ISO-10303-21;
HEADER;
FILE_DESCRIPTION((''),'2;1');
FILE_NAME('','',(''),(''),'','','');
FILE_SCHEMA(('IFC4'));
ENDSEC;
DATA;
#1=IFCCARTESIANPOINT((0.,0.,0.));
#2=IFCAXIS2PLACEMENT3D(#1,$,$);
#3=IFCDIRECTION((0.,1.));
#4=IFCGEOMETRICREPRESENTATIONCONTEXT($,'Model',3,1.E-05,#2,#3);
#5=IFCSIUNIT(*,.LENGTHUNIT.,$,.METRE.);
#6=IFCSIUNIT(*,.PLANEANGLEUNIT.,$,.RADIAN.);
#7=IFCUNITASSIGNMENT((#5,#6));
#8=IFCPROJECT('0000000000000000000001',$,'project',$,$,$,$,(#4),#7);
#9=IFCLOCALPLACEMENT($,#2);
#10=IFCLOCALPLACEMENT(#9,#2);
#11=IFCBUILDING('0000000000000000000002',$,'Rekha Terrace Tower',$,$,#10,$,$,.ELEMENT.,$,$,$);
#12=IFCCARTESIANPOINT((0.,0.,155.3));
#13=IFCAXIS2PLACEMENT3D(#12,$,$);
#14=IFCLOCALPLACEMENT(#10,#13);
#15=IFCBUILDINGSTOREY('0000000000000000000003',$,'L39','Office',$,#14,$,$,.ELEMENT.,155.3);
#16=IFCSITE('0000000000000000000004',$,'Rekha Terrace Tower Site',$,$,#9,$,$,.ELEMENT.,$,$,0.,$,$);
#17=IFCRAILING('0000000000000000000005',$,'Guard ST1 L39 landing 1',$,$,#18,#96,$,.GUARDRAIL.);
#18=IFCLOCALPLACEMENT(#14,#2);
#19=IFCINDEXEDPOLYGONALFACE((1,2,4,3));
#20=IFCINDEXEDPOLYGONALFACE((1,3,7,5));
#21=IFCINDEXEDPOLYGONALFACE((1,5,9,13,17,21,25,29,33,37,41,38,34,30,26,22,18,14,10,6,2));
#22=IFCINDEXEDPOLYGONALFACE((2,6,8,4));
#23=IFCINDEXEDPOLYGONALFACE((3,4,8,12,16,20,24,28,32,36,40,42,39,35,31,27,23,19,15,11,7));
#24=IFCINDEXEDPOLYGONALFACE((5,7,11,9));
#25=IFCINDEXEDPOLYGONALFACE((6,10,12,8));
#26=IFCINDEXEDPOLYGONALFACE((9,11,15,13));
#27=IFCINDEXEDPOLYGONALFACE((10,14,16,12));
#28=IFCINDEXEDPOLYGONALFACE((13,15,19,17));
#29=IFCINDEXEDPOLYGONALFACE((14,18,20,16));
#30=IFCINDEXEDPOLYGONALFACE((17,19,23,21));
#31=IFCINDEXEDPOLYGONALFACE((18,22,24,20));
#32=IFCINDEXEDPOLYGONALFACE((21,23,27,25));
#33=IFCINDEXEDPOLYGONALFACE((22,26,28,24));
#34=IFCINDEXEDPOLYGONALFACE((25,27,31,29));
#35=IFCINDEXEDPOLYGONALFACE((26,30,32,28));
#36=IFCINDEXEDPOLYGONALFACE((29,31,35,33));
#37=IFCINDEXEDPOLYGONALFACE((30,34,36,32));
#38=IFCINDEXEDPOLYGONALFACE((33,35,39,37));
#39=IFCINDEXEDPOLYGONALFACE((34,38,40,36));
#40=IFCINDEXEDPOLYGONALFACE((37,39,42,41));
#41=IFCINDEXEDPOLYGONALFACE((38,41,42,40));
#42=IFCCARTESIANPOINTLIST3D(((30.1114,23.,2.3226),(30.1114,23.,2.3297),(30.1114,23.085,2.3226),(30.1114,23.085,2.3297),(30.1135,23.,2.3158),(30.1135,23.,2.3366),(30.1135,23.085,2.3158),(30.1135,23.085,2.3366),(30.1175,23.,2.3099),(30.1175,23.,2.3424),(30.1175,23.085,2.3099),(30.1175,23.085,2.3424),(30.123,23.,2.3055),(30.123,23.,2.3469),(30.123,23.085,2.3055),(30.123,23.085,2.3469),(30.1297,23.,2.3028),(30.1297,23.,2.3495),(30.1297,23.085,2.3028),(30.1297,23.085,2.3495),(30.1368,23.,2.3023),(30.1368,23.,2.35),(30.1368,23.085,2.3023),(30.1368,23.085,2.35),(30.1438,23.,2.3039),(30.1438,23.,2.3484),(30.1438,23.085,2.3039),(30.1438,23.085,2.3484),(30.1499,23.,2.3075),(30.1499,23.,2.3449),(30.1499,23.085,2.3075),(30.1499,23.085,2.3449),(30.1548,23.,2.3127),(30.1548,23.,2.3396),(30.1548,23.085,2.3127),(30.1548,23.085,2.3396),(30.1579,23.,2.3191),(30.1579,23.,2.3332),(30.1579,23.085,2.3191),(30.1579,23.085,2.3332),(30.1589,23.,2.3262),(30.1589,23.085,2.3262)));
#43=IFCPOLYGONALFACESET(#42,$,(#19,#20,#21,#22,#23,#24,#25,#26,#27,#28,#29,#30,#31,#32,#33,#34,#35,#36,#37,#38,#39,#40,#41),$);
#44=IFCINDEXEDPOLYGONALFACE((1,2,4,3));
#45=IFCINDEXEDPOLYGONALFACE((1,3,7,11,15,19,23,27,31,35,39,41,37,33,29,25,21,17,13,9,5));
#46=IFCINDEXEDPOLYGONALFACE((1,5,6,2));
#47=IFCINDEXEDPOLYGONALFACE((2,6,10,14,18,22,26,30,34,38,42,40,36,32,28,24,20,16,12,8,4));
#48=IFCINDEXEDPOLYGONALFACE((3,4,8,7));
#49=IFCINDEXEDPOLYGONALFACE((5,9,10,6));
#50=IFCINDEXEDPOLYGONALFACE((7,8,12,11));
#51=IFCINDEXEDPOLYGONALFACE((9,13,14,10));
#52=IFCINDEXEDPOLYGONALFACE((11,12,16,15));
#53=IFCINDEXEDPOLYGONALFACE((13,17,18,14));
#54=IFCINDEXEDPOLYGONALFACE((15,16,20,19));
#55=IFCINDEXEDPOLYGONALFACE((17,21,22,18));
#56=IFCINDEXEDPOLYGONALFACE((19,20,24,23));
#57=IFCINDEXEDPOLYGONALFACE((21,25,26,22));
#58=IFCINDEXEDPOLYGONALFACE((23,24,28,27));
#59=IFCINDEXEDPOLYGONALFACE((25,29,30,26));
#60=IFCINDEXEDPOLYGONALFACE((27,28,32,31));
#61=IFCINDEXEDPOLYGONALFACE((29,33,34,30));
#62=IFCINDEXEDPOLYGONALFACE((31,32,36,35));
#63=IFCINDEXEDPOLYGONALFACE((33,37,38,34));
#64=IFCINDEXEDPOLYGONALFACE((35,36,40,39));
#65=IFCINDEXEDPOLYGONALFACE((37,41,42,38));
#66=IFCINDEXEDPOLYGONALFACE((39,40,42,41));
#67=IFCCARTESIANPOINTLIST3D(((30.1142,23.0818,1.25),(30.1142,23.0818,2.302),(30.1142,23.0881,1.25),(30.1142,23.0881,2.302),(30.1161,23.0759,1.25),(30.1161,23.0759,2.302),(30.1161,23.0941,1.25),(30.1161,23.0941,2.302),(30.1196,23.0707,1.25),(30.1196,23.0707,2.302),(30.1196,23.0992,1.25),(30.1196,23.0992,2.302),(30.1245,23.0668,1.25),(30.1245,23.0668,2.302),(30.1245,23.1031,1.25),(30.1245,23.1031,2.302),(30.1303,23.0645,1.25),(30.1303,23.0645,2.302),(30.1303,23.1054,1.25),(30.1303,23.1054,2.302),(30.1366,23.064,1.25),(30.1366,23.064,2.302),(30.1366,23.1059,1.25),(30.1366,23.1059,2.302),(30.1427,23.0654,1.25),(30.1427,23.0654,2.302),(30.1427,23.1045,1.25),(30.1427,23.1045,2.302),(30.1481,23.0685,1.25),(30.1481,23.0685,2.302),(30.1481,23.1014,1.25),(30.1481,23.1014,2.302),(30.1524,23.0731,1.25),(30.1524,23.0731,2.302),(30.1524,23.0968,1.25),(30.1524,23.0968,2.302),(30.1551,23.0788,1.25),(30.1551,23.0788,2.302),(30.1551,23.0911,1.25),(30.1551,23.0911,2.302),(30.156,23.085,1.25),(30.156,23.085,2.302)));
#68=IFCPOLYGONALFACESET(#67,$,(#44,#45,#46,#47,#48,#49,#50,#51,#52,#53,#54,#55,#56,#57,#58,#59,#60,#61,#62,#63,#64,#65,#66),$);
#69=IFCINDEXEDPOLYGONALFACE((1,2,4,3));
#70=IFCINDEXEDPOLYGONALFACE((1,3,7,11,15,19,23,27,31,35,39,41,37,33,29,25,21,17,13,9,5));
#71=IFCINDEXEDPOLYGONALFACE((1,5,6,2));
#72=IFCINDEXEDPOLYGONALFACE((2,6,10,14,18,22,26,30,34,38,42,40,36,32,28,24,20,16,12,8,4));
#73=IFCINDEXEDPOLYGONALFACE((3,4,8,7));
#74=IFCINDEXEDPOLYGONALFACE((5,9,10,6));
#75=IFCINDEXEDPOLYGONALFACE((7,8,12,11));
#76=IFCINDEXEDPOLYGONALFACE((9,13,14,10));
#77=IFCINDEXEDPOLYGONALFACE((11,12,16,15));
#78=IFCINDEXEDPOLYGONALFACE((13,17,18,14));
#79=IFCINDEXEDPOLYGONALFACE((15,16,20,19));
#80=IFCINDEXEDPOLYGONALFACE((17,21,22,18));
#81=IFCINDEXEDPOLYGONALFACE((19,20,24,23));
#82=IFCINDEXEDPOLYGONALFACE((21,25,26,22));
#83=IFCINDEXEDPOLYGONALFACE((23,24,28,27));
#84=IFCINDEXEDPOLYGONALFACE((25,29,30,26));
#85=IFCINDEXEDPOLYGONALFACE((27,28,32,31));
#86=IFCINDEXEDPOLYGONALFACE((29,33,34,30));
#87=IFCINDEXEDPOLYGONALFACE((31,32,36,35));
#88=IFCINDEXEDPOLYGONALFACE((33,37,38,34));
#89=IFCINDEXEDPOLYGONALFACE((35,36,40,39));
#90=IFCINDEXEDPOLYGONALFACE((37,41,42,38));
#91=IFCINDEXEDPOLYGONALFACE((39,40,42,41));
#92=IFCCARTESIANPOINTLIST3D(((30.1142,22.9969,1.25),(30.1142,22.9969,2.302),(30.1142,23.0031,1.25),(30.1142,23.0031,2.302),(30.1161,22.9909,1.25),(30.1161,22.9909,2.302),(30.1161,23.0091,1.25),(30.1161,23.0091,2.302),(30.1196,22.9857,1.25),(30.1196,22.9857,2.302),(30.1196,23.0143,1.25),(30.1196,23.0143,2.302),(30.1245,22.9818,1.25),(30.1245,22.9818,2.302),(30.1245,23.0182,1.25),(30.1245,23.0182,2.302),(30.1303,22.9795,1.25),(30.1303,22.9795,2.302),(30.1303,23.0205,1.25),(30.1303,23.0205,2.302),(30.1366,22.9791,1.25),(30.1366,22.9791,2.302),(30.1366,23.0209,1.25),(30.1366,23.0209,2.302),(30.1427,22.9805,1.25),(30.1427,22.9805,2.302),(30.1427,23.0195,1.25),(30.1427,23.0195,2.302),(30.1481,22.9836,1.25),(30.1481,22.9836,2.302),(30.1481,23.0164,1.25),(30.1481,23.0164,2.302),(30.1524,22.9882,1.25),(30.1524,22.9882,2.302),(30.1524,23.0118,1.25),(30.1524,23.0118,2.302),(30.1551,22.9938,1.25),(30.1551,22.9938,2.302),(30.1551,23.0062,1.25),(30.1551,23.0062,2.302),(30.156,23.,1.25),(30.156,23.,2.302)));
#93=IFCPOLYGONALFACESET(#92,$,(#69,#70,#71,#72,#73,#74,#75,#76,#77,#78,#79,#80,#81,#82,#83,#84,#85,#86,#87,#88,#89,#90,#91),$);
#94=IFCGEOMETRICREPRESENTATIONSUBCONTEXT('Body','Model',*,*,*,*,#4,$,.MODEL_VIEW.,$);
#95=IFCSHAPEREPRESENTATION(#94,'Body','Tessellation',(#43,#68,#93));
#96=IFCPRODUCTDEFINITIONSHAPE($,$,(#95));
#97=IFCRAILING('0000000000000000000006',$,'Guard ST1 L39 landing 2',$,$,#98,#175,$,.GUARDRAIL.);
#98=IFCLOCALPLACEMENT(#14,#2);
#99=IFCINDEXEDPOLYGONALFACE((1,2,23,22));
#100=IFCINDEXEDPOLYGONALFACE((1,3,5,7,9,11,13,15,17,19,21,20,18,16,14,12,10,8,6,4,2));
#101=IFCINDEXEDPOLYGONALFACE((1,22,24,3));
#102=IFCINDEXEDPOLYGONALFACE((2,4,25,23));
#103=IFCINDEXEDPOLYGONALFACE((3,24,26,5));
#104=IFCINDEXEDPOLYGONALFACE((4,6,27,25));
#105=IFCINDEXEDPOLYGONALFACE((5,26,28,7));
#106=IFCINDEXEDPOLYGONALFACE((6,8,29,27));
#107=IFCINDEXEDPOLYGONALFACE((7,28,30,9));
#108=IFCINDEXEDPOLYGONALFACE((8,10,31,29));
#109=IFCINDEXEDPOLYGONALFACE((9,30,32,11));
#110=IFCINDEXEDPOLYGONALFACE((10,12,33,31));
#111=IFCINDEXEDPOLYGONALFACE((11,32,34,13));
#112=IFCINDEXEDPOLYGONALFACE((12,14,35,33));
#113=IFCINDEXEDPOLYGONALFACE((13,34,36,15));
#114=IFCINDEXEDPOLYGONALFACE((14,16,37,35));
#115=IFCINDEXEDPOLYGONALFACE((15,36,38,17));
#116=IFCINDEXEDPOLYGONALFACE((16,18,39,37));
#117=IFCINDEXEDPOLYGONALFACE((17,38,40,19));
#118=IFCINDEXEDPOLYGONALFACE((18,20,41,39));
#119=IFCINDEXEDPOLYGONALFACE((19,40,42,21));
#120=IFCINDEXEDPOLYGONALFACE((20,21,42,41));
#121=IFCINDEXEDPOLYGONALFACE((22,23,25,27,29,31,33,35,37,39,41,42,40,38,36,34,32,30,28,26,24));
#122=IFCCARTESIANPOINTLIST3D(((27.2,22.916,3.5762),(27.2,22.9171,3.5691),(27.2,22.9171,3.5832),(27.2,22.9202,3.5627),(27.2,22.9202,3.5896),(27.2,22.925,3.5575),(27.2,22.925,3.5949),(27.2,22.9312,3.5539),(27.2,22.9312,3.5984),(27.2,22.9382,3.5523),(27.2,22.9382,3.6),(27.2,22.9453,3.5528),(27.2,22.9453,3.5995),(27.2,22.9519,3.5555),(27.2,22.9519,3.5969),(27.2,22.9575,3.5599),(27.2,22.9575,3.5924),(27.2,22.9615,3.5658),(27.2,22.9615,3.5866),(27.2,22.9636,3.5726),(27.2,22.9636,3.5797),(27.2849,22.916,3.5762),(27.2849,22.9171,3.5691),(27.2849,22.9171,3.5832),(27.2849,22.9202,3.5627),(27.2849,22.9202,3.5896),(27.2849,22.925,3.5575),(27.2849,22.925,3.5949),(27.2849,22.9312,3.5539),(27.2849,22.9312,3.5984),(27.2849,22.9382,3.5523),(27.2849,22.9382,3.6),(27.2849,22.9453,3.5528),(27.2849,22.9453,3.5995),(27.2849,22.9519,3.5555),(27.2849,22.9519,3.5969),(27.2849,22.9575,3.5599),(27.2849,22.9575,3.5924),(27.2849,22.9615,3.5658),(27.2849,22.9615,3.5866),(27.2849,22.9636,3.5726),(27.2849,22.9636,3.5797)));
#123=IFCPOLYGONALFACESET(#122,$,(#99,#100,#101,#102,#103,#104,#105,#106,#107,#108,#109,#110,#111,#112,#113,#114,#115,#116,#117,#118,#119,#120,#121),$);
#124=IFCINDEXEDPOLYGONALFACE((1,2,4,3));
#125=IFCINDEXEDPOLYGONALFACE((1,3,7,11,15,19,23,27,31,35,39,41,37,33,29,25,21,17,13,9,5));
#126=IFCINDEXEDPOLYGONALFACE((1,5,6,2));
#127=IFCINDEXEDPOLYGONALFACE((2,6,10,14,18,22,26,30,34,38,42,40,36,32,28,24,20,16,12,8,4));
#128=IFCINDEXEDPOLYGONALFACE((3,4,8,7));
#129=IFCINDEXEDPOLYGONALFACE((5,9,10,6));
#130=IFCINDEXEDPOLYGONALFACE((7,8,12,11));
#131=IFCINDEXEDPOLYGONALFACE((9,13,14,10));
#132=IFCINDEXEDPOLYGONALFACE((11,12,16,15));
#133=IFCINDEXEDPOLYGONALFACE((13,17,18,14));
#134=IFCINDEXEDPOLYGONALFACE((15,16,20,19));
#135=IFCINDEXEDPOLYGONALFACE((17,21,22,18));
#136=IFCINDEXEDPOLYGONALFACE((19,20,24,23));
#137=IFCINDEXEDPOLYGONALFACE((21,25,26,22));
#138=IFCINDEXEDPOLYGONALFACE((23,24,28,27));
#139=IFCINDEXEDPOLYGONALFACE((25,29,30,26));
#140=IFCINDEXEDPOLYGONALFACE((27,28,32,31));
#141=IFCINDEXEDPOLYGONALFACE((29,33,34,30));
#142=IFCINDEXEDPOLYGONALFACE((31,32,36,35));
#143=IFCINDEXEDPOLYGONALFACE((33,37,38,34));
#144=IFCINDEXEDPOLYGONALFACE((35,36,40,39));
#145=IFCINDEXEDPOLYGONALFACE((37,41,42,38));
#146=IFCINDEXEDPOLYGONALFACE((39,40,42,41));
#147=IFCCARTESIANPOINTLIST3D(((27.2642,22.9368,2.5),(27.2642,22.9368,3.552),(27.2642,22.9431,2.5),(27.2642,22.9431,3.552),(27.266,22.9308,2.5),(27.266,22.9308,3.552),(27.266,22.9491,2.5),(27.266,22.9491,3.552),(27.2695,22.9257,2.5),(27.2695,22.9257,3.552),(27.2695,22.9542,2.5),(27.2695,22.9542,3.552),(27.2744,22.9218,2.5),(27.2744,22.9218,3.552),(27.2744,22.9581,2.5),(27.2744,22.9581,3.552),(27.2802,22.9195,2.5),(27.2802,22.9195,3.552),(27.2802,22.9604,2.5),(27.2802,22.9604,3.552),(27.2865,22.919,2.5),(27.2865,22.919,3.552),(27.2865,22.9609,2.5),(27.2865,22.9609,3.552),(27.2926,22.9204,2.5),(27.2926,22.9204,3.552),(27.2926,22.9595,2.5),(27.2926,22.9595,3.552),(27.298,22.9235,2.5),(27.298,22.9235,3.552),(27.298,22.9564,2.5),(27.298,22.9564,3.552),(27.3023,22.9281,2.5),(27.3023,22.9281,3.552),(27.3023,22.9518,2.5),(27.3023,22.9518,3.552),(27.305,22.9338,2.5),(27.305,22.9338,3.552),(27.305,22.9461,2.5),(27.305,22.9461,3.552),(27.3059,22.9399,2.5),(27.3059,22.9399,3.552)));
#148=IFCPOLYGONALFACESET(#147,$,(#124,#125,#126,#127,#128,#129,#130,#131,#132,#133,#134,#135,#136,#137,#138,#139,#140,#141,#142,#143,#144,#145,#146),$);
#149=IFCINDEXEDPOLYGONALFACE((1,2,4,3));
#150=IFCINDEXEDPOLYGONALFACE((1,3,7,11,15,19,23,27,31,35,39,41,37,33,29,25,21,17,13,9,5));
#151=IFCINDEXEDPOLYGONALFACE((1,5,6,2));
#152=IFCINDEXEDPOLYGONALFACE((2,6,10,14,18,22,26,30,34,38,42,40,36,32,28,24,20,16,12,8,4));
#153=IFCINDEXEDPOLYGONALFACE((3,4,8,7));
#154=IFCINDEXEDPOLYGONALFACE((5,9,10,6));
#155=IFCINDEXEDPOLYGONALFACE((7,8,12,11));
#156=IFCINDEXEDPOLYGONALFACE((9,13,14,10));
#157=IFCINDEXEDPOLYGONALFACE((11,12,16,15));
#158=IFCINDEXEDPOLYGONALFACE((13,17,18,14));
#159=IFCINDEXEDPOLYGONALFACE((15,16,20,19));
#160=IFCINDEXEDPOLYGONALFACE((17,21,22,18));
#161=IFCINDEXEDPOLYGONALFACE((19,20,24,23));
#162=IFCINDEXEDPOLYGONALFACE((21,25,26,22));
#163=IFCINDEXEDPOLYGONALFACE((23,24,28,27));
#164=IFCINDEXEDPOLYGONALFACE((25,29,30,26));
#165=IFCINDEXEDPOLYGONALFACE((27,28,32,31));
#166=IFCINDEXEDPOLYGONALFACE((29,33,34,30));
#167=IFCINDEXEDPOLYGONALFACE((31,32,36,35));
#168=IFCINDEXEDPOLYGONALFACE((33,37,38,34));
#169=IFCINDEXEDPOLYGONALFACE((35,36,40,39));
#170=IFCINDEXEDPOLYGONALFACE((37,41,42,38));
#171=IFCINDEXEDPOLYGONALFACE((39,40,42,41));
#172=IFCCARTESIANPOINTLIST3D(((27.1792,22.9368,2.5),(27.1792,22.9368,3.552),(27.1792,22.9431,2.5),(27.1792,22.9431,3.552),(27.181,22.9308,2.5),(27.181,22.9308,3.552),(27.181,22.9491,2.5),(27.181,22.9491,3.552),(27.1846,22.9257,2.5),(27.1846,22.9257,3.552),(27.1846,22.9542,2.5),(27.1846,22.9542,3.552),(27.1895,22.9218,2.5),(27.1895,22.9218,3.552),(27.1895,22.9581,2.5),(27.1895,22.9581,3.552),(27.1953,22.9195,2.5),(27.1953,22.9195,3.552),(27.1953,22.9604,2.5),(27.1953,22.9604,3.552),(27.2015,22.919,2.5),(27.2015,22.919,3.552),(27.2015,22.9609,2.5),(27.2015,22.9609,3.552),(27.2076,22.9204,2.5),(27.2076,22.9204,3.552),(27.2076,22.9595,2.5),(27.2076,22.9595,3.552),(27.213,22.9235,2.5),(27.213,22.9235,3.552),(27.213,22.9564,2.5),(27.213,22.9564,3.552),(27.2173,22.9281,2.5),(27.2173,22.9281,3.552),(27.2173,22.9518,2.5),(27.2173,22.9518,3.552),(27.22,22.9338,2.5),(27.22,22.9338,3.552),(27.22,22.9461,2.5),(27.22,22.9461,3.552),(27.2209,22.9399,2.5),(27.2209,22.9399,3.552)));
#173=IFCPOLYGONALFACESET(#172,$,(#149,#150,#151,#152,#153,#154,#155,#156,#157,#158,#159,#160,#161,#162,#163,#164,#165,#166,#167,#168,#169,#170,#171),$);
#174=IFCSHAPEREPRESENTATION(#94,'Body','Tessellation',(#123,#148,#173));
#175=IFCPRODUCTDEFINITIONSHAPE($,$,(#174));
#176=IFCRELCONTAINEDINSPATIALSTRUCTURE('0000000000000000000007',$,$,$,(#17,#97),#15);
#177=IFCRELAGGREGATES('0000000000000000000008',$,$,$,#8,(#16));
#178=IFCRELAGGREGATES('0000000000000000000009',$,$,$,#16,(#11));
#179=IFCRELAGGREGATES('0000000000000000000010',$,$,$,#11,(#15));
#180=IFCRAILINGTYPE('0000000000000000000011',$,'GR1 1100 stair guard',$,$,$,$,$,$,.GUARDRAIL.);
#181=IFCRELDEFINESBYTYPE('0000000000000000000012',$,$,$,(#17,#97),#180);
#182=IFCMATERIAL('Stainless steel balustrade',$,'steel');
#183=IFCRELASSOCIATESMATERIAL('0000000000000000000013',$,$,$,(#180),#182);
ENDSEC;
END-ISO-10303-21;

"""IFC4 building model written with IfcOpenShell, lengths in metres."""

from ifc_helpers import new_model, si_unit, direction, frame, origin, origin_2d, place, context, subcontext, project, spatial, circle, extrude, material, type_object, element, save


model = new_model("IFC4")

# Units and contexts
model_context = context("Model", 3, precision=1e-05, world=origin(), true_north=direction((0.0, 1.0)))
body_context = subcontext(model_context, "Body", "Model", "MODEL_VIEW")
ifc_project = project(units=[si_unit("LENGTHUNIT", "METRE"), si_unit("PLANEANGLEUNIT", "RADIAN")], contexts=[model_context])

# Site, building, storey
site_placement = place(None, origin())
site = spatial("IfcSite", under=ifc_project, at=site_placement, Name="Rekha Terrace Tower Site", CompositionType="ELEMENT", RefElevation=0.0)
building_placement = place(site_placement, origin())
building = spatial("IfcBuilding", under=site, at=building_placement, Name="Rekha Terrace Tower", CompositionType="ELEMENT")
storey_placement = place(building_placement, frame((0.0, 0.0, 155.3)))
storey = spatial("IfcBuildingStorey", under=building, at=storey_placement, Name="L39", Description="Office", CompositionType="ELEMENT", Elevation=155.3)

# Railings
ifc_material_1 = material(Name="Stainless steel balustrade", Category="steel")
railing_type_1 = type_object("IfcRailingType", Name="GR1 1100 stair guard", PredefinedType="GUARDRAIL", material=ifc_material_1)
railing_1_placement = place(storey_placement, frame((30.135, 23.085, 1.25)))
element("IfcRailing", 1, at=railing_1_placement, inside=storey, type_object=railing_type_1, Name="Guard ST1 L39 landing 1", PredefinedType="GUARDRAIL", context=body_context, shape_type="SweptSolid", body=[
    extrude(circle(Radius=0.0239, at=origin_2d()), frame((0.0, 0.0, 1.0762), z_axis=(0.0, -1.0, 0.0), x_axis=(1.0, 0.0, 0.0)), (0.0, 0.0, 1.0), 0.085),
    extrude(circle(Radius=0.021, at=origin_2d()), origin(), (0.0, 0.0, 1.0), 1.052),
    extrude(circle(Radius=0.021, at=origin_2d()), frame((0.0, -0.085, 0.0)), (0.0, 0.0, 1.0), 1.052),
])
railing_2_placement = place(storey_placement, frame((27.2849, 22.9399, 2.5)))
element("IfcRailing", 2, at=railing_2_placement, inside=storey, type_object=railing_type_1, Name="Guard ST1 L39 landing 2", PredefinedType="GUARDRAIL", context=body_context, shape_type="SweptSolid", body=[
    extrude(circle(Radius=0.0239, at=origin_2d()), frame((0.0, 0.0, 1.0762), z_axis=(-1.0, 0.0, 0.0), x_axis=(0.0, -1.0, 0.0)), (0.0, 0.0, 1.0), 0.085),
    extrude(circle(Radius=0.021, at=origin_2d()), origin(), (0.0, 0.0, 1.0), 1.052),
    extrude(circle(Radius=0.021, at=origin_2d()), frame((-0.085, 0.0, 0.0)), (0.0, 0.0, 1.0), 1.052),
])

save(model, "model.ifc")
